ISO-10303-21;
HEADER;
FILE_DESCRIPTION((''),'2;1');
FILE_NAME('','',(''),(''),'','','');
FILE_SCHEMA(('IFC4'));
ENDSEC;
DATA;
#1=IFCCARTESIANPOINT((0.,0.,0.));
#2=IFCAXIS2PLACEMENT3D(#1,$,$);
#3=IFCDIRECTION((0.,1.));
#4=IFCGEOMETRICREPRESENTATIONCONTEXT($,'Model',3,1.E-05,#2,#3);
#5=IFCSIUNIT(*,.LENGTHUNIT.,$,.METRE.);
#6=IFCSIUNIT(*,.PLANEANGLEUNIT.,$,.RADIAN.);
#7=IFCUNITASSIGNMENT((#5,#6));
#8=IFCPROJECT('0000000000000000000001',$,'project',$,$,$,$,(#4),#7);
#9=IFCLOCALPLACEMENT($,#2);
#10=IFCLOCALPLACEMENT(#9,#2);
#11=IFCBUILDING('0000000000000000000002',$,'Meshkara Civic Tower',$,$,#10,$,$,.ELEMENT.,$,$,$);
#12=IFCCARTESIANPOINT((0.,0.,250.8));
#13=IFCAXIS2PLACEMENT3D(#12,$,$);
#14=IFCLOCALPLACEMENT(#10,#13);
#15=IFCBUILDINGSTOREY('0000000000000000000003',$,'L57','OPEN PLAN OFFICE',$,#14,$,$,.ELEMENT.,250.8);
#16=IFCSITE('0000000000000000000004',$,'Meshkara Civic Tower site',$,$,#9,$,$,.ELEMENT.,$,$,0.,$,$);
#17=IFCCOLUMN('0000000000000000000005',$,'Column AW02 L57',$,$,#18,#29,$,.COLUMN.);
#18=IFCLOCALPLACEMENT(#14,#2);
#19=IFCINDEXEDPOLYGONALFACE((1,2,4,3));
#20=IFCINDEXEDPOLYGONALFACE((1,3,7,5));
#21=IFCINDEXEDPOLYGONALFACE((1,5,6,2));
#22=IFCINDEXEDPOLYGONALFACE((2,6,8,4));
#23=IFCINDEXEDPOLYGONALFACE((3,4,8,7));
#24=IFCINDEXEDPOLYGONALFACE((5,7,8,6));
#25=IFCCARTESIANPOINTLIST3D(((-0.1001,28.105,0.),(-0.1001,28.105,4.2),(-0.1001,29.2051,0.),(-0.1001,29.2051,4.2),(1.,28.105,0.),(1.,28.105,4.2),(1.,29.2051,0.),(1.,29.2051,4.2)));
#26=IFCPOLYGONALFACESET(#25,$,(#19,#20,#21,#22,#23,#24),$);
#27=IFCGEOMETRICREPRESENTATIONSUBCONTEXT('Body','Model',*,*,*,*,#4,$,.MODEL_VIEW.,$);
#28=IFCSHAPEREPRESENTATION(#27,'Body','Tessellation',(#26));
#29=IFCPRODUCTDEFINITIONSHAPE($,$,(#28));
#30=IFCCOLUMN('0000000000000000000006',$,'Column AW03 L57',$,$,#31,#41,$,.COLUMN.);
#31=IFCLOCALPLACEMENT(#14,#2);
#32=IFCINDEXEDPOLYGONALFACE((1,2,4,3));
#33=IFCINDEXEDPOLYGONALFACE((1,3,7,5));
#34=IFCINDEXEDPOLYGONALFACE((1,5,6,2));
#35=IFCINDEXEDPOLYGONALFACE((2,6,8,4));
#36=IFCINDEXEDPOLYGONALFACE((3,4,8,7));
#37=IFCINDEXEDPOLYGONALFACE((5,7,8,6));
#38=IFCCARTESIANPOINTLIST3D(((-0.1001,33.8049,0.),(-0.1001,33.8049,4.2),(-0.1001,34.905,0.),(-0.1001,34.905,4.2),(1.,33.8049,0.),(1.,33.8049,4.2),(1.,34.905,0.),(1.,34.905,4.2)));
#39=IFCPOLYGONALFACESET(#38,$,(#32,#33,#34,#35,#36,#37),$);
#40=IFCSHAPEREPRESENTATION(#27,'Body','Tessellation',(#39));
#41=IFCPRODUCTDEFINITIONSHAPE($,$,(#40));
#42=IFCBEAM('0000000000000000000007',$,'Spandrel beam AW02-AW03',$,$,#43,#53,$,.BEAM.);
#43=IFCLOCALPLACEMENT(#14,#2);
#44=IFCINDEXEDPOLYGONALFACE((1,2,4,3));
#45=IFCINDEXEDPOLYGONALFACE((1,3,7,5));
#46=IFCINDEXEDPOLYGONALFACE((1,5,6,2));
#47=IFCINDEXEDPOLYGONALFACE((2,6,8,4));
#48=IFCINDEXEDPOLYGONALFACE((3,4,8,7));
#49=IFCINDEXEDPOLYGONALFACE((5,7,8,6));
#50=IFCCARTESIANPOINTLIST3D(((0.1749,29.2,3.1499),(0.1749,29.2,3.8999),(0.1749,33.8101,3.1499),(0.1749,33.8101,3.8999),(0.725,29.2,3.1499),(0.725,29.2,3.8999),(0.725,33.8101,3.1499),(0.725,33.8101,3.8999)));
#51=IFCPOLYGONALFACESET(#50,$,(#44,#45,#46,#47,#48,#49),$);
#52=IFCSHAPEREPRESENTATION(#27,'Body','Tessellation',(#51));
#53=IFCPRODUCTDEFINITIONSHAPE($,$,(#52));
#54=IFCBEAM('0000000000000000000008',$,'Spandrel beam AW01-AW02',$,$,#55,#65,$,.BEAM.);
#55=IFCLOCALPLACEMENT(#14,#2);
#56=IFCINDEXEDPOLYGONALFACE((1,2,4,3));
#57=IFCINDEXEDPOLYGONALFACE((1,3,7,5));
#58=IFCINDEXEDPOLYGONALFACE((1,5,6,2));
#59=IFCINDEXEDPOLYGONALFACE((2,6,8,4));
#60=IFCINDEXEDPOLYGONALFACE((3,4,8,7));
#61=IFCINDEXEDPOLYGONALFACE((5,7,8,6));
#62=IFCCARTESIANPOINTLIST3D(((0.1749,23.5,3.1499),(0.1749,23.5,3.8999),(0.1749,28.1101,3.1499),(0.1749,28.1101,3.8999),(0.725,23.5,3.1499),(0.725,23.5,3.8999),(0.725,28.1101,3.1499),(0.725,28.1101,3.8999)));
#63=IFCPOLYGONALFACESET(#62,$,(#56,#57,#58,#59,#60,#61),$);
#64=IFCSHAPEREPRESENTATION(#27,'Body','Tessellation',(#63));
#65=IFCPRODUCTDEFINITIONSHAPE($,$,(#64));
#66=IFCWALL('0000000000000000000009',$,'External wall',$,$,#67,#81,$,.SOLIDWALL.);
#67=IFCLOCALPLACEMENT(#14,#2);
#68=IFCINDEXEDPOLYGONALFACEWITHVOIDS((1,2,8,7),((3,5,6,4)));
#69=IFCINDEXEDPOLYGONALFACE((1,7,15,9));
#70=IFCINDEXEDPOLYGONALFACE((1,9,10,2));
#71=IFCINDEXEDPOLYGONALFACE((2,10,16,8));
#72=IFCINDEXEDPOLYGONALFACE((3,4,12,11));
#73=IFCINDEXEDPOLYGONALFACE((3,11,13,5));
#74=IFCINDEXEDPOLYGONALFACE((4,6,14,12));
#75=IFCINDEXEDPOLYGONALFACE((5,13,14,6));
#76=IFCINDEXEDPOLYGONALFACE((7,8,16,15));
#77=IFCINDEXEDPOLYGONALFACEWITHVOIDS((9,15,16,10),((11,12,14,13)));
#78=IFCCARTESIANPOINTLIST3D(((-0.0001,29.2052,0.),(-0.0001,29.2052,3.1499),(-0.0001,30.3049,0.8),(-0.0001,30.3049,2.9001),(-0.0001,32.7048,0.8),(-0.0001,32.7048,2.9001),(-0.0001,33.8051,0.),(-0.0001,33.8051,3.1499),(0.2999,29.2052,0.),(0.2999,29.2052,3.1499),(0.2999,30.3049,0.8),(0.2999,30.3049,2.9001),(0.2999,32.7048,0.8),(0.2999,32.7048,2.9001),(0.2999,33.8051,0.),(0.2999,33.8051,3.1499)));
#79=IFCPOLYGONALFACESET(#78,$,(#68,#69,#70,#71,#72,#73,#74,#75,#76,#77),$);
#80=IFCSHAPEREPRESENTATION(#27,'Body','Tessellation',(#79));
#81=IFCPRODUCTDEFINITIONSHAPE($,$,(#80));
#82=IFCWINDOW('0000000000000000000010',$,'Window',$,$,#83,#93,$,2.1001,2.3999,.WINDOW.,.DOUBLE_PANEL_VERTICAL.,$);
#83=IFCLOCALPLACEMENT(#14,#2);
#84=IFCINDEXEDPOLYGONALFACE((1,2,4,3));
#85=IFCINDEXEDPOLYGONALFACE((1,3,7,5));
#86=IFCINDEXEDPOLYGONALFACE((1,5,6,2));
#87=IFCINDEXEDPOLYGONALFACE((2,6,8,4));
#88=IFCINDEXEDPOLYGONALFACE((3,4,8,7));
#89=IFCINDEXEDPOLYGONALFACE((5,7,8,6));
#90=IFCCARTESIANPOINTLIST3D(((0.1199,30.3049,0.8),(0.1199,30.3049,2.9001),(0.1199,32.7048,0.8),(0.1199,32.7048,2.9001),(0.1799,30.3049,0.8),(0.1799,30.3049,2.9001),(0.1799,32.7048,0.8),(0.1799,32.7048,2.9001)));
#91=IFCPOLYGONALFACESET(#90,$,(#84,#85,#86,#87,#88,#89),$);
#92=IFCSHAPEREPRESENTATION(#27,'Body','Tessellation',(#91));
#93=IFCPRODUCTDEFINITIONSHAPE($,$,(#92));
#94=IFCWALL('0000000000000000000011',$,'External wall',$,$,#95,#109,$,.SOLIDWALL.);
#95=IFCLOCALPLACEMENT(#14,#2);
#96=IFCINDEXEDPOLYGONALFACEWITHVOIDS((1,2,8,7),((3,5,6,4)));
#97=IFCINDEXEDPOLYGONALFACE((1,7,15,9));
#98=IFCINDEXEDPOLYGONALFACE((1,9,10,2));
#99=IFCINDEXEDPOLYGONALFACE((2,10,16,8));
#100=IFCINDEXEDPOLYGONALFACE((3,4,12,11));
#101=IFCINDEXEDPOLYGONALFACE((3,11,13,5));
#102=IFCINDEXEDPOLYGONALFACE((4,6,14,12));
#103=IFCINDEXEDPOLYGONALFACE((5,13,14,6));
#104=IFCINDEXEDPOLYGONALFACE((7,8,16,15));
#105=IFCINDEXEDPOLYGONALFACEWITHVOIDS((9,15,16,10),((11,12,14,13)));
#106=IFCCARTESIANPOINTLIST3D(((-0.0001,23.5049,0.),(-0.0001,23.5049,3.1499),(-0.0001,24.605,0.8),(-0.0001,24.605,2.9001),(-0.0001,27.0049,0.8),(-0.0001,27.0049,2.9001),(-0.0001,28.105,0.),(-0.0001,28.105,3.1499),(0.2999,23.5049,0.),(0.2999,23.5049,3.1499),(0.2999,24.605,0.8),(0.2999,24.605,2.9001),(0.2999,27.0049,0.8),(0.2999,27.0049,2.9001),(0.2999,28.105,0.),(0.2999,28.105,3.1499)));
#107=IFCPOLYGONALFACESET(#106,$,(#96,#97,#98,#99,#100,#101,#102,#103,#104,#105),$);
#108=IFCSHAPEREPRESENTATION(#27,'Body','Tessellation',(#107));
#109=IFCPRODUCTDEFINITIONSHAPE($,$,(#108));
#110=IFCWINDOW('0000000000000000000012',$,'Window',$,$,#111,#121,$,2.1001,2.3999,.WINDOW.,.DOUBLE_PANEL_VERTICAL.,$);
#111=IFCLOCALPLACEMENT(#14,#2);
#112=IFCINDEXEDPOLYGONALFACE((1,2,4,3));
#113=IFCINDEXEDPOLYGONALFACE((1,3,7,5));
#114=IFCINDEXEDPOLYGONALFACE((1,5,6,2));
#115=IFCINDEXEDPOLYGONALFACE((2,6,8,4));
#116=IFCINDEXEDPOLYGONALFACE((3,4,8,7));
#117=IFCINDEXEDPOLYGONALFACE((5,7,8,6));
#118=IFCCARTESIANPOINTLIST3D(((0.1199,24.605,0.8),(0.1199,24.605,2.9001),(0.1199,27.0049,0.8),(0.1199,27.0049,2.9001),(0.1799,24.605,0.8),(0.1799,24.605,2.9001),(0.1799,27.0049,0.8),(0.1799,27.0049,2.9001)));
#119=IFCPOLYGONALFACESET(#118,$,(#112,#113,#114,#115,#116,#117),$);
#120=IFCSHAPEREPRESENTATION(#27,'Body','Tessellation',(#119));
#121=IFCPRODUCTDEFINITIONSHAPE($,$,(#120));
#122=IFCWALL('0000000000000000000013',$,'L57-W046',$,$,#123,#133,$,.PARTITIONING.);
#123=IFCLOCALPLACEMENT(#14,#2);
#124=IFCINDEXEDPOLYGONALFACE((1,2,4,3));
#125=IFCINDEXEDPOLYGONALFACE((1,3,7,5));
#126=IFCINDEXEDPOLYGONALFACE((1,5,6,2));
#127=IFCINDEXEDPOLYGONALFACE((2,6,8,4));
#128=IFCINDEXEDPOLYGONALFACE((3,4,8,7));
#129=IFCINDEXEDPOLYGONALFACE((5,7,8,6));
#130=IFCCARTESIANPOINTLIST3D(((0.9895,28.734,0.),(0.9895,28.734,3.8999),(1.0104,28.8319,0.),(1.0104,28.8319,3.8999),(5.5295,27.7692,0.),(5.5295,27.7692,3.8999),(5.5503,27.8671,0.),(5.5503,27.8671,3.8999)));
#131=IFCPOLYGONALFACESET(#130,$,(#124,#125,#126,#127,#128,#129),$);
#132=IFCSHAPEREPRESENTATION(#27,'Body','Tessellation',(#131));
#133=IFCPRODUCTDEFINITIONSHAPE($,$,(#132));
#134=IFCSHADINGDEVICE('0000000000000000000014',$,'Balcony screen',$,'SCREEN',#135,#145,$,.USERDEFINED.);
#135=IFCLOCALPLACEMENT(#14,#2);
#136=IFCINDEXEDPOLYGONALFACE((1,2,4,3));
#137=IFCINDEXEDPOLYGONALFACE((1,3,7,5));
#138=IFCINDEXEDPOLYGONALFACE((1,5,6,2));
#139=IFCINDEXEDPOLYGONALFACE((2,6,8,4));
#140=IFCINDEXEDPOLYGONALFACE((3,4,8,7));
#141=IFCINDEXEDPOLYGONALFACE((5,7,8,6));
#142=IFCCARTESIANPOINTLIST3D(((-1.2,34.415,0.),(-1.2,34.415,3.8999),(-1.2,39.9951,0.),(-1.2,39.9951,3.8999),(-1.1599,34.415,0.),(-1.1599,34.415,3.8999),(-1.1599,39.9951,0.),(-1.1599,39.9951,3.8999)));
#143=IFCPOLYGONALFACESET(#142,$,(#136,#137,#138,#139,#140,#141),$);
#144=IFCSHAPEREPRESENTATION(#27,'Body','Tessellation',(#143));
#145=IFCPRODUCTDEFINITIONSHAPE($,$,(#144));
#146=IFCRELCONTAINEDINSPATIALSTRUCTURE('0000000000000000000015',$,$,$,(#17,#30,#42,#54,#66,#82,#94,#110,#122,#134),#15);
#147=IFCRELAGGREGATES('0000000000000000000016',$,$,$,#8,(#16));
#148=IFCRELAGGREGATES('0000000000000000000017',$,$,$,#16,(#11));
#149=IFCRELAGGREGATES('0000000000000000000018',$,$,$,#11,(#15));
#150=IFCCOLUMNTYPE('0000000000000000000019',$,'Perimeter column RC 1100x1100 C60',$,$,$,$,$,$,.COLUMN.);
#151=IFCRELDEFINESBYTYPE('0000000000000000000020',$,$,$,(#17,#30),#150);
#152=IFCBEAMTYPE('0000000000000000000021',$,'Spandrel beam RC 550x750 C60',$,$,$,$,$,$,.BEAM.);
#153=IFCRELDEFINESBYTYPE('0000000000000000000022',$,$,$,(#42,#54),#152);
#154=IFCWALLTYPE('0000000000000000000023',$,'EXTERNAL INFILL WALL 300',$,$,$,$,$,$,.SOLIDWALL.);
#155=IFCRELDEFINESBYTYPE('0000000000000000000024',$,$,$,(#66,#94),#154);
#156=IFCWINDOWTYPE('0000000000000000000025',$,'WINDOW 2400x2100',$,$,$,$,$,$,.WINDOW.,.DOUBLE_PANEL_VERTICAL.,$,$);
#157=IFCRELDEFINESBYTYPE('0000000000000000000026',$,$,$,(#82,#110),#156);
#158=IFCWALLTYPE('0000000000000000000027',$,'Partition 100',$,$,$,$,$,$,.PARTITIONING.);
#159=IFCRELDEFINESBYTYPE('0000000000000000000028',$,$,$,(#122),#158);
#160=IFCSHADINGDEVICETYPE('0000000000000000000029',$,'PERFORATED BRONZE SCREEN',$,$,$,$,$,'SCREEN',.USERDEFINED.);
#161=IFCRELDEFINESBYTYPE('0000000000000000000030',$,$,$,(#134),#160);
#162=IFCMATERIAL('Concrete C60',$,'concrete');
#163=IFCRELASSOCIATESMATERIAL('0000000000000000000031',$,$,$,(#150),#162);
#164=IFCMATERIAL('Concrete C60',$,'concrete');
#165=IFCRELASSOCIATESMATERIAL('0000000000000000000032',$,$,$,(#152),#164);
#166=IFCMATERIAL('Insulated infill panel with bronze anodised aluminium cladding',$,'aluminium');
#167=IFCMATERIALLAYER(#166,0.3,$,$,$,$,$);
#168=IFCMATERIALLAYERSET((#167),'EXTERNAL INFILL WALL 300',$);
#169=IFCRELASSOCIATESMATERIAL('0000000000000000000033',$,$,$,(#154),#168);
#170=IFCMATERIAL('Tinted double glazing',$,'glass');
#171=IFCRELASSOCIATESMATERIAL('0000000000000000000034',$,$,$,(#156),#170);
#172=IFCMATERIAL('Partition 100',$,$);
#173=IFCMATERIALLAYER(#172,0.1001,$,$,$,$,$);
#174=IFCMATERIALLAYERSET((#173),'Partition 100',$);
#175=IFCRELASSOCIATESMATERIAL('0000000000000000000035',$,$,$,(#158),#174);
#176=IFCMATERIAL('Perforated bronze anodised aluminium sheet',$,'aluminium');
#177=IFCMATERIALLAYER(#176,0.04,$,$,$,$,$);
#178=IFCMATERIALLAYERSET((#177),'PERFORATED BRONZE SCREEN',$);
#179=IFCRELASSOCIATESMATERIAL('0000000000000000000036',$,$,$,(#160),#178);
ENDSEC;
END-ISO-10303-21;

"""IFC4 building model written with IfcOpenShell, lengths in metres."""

from ifc_helpers import new_model, si_unit, direction, frame, frame_2d, origin, origin_2d, place, context, subcontext, project, spatial, rectangle, extrude, material, layer, layer_set, material_profile, profile_set, type_object, element, fill, save


model = new_model("IFC4")

# Units and contexts
model_context = context("Model", 3, precision=1e-05, world=origin(), true_north=direction((0.0, 1.0)))
body_context = subcontext(model_context, "Body", "Model", "MODEL_VIEW")
ifc_project = project(units=[si_unit("LENGTHUNIT", "METRE"), si_unit("PLANEANGLEUNIT", "RADIAN")], contexts=[model_context])

# Site, building, storey
site_placement = place(None, origin())
site = spatial("IfcSite", under=ifc_project, at=site_placement, Name="Meshkara Civic Tower site", CompositionType="ELEMENT", RefElevation=0.0)
building_placement = place(site_placement, origin())
building = spatial("IfcBuilding", under=site, at=building_placement, Name="Meshkara Civic Tower", CompositionType="ELEMENT")
storey_placement = place(building_placement, frame((0.0, 0.0, 250.8)))
storey = spatial("IfcBuildingStorey", under=building, at=storey_placement, Name="L57", Description="OPEN PLAN OFFICE", CompositionType="ELEMENT", Elevation=250.8)

# Columns
ifc_material_1 = material(Name="Concrete C60", Category="concrete")
ifc_material_profile_1 = material_profile(ifc_material_1, rectangle(XDim=1.1001, YDim=1.1001, at=origin_2d()))
ifc_profile_set_1 = profile_set([ifc_material_profile_1], Name="Concrete C60")
column_type = type_object("IfcColumnType", Name="Perimeter column RC 1100x1100 C60", PredefinedType="COLUMN", material=ifc_profile_set_1)
for number, where, z_axis, x_axis, name in (
    (1, (0.45, 28.655, 0.0), (0.0, 0.0, 1.0), (1.0, 0.0, 0.0), "Column AW02 L57"),
    (2, (0.45, 34.355, 0.0), (0.0, 0.0, 1.0), (1.0, 0.0, 0.0), "Column AW03 L57"),
):
    element("IfcColumn", number, at=place(storey_placement, frame(where, z_axis=z_axis, x_axis=x_axis)), inside=storey, type_object=column_type, Name=name, PredefinedType="COLUMN", context=body_context, shape_type="SweptSolid", body=[
        extrude(rectangle(XDim=1.1001, YDim=1.1001, at=origin_2d()), origin(), (0.0, 0.0, 1.0), 4.2),
    ])

# Beams
ifc_material_2 = material(Name="Concrete C60", Category="concrete")
ifc_material_profile_2 = material_profile(ifc_material_2, rectangle(XDim=0.55, YDim=0.75, at=origin_2d()))
ifc_profile_set_2 = profile_set([ifc_material_profile_2], Name="Concrete C60")
beam_type = type_object("IfcBeamType", Name="Spandrel beam RC 550x750 C60", PredefinedType="BEAM", material=ifc_profile_set_2)
for number, where, z_axis, x_axis, name in (
    (3, (0.45, 33.8101, 3.5249), (0.0, -1.0, 0.0), (1.0, 0.0, 0.0), "Spandrel beam AW02-AW03"),
    (4, (0.45, 28.1101, 3.5249), (0.0, -1.0, 0.0), (1.0, 0.0, 0.0), "Spandrel beam AW01-AW02"),
):
    element("IfcBeam", number, at=place(storey_placement, frame(where, z_axis=z_axis, x_axis=x_axis)), inside=storey, type_object=beam_type, Name=name, PredefinedType="BEAM", context=body_context, shape_type="SweptSolid", body=[
        extrude(rectangle(XDim=0.55, YDim=0.75, at=origin_2d()), origin(), (0.0, 0.0, 1.0), 4.6101),
    ])

# Walls, openings, windows
ifc_material_3 = material(Name="Insulated infill panel with bronze anodised aluminium cladding", Category="aluminium")
ifc_layer_1 = layer(ifc_material_3, 0.3)
ifc_layer_set_1 = layer_set([ifc_layer_1], Name="EXTERNAL INFILL WALL 300")
wall_type_1 = type_object("IfcWallType", Name="EXTERNAL INFILL WALL 300", PredefinedType="SOLIDWALL", material=ifc_layer_set_1)
wall_1_placement = place(storey_placement, frame((0.1499, 33.8049, 0.0), z_axis=(0.0, 0.0, 1.0), x_axis=(0.0, -1.0, 0.0)))
wall_1 = element("IfcWall", 5, at=wall_1_placement, inside=storey, type_object=wall_type_1, Name="External wall", PredefinedType="SOLIDWALL", context=body_context, shape_type="SweptSolid", body=[
    extrude(rectangle(XDim=4.5999, YDim=0.3, at=frame_2d((2.2998, 0.0))), origin(), (0.0, 0.0, 1.0), 3.1499),
])
opening_1_placement = place(wall_1_placement, frame((1.1001, 0.0, 0.8)))
opening_1 = element("IfcOpeningElement", 6, at=opening_1_placement, cuts=wall_1, PredefinedType="OPENING", context=body_context, shape_type="SweptSolid", body=[
    extrude(rectangle(XDim=2.3999, YDim=2.1001, at=frame_2d((1.2, 1.05))), frame((0.0, 0.1599, 0.0), z_axis=(0.0, -1.0, 0.0), x_axis=(1.0, 0.0, 0.0)), (0.0, 0.0, 1.0), 0.3201),
])
ifc_material_4 = material(Name="Tinted double glazing", Category="glass")
window_type = type_object("IfcWindowType", Name="WINDOW 2400x2100", PartitioningType="DOUBLE_PANEL_VERTICAL", PredefinedType="WINDOW", material=ifc_material_4)
window_1_placement = place(opening_1_placement, origin())
window_1 = element("IfcWindow", 7, at=window_1_placement, inside=storey, type_object=window_type, Name="Window", OverallHeight=2.1001, OverallWidth=2.3999, PartitioningType="DOUBLE_PANEL_VERTICAL", PredefinedType="WINDOW", context=body_context, shape_type="SweptSolid", body=[
    extrude(rectangle(XDim=2.3999, YDim=2.1001, at=frame_2d((1.2, 1.05))), frame((0.0, 0.03, 0.0), z_axis=(0.0, -1.0, 0.0), x_axis=(1.0, 0.0, 0.0)), (0.0, 0.0, 1.0), 0.0601),
])
fill(opening_1, window_1)
wall_2_placement = place(storey_placement, frame((0.1499, 28.105, 0.0), z_axis=(0.0, 0.0, 1.0), x_axis=(0.0, -1.0, 0.0)))
wall_2 = element("IfcWall", 8, at=wall_2_placement, inside=storey, type_object=wall_type_1, Name="External wall", PredefinedType="SOLIDWALL", context=body_context, shape_type="SweptSolid", body=[
    extrude(rectangle(XDim=4.6001, YDim=0.3, at=frame_2d((2.3, 0.0))), origin(), (0.0, 0.0, 1.0), 3.1499),
])
opening_2_placement = place(wall_2_placement, frame((1.1001, 0.0, 0.8)))
opening_2 = element("IfcOpeningElement", 9, at=opening_2_placement, cuts=wall_2, PredefinedType="OPENING", context=body_context, shape_type="SweptSolid", body=[
    extrude(rectangle(XDim=2.3999, YDim=2.1001, at=frame_2d((1.2, 1.05))), frame((0.0, 0.1599, 0.0), z_axis=(0.0, -1.0, 0.0), x_axis=(1.0, 0.0, 0.0)), (0.0, 0.0, 1.0), 0.3201),
])
window_2_placement = place(opening_2_placement, origin())
window_2 = element("IfcWindow", 10, at=window_2_placement, inside=storey, type_object=window_type, Name="Window", OverallHeight=2.1001, OverallWidth=2.3999, PartitioningType="DOUBLE_PANEL_VERTICAL", PredefinedType="WINDOW", context=body_context, shape_type="SweptSolid", body=[
    extrude(rectangle(XDim=2.3999, YDim=2.1001, at=frame_2d((1.2, 1.05))), frame((0.0, 0.03, 0.0), z_axis=(0.0, -1.0, 0.0), x_axis=(1.0, 0.0, 0.0)), (0.0, 0.0, 1.0), 0.0601),
])
fill(opening_2, window_2)

# Wall
ifc_material_5 = material(Name="Partition 100")
ifc_layer_2 = layer(ifc_material_5, 0.1001)
ifc_layer_set_2 = layer_set([ifc_layer_2], Name="Partition 100")
wall_type_2 = type_object("IfcWallType", Name="Partition 100", PredefinedType="PARTITIONING", material=ifc_layer_set_2)
wall_3_placement = place(storey_placement, frame((5.54, 27.8181, 0.0), z_axis=(0.0, 0.0, 1.0), x_axis=(-0.978155, 0.207876, 0.0)))
element("IfcWall", 11, at=wall_3_placement, inside=storey, type_object=wall_type_2, Name="L57-W046", PredefinedType="PARTITIONING", context=body_context, shape_type="SweptSolid", body=[
    extrude(rectangle(XDim=4.6414, YDim=0.1001, at=frame_2d((2.3208, 0.0))), origin(), (0.0, 0.0, 1.0), 3.8999),
])

# Shading device
ifc_material_6 = material(Name="Perforated bronze anodised aluminium sheet", Category="aluminium")
ifc_layer_3 = layer(ifc_material_6, 0.04)
ifc_layer_set_3 = layer_set([ifc_layer_3], Name="PERFORATED BRONZE SCREEN")
shading_device_type = type_object("IfcShadingDeviceType", Name="PERFORATED BRONZE SCREEN", ElementType="SCREEN", PredefinedType="USERDEFINED", material=ifc_layer_set_3)
shading_device_placement = place(storey_placement, frame((-1.1799, 37.2051, 0.0), z_axis=(0.0, 0.0, 1.0), x_axis=(0.0, -1.0, 0.0)))
element("IfcShadingDevice", 12, at=shading_device_placement, inside=storey, type_object=shading_device_type, Name="Balcony screen", ObjectType="SCREEN", PredefinedType="USERDEFINED", context=body_context, shape_type="SweptSolid", body=[
    extrude(rectangle(XDim=5.5801, YDim=0.04, at=origin_2d()), origin(), (0.0, 0.0, 1.0), 3.8999),
])

save(model, "model.ifc")
